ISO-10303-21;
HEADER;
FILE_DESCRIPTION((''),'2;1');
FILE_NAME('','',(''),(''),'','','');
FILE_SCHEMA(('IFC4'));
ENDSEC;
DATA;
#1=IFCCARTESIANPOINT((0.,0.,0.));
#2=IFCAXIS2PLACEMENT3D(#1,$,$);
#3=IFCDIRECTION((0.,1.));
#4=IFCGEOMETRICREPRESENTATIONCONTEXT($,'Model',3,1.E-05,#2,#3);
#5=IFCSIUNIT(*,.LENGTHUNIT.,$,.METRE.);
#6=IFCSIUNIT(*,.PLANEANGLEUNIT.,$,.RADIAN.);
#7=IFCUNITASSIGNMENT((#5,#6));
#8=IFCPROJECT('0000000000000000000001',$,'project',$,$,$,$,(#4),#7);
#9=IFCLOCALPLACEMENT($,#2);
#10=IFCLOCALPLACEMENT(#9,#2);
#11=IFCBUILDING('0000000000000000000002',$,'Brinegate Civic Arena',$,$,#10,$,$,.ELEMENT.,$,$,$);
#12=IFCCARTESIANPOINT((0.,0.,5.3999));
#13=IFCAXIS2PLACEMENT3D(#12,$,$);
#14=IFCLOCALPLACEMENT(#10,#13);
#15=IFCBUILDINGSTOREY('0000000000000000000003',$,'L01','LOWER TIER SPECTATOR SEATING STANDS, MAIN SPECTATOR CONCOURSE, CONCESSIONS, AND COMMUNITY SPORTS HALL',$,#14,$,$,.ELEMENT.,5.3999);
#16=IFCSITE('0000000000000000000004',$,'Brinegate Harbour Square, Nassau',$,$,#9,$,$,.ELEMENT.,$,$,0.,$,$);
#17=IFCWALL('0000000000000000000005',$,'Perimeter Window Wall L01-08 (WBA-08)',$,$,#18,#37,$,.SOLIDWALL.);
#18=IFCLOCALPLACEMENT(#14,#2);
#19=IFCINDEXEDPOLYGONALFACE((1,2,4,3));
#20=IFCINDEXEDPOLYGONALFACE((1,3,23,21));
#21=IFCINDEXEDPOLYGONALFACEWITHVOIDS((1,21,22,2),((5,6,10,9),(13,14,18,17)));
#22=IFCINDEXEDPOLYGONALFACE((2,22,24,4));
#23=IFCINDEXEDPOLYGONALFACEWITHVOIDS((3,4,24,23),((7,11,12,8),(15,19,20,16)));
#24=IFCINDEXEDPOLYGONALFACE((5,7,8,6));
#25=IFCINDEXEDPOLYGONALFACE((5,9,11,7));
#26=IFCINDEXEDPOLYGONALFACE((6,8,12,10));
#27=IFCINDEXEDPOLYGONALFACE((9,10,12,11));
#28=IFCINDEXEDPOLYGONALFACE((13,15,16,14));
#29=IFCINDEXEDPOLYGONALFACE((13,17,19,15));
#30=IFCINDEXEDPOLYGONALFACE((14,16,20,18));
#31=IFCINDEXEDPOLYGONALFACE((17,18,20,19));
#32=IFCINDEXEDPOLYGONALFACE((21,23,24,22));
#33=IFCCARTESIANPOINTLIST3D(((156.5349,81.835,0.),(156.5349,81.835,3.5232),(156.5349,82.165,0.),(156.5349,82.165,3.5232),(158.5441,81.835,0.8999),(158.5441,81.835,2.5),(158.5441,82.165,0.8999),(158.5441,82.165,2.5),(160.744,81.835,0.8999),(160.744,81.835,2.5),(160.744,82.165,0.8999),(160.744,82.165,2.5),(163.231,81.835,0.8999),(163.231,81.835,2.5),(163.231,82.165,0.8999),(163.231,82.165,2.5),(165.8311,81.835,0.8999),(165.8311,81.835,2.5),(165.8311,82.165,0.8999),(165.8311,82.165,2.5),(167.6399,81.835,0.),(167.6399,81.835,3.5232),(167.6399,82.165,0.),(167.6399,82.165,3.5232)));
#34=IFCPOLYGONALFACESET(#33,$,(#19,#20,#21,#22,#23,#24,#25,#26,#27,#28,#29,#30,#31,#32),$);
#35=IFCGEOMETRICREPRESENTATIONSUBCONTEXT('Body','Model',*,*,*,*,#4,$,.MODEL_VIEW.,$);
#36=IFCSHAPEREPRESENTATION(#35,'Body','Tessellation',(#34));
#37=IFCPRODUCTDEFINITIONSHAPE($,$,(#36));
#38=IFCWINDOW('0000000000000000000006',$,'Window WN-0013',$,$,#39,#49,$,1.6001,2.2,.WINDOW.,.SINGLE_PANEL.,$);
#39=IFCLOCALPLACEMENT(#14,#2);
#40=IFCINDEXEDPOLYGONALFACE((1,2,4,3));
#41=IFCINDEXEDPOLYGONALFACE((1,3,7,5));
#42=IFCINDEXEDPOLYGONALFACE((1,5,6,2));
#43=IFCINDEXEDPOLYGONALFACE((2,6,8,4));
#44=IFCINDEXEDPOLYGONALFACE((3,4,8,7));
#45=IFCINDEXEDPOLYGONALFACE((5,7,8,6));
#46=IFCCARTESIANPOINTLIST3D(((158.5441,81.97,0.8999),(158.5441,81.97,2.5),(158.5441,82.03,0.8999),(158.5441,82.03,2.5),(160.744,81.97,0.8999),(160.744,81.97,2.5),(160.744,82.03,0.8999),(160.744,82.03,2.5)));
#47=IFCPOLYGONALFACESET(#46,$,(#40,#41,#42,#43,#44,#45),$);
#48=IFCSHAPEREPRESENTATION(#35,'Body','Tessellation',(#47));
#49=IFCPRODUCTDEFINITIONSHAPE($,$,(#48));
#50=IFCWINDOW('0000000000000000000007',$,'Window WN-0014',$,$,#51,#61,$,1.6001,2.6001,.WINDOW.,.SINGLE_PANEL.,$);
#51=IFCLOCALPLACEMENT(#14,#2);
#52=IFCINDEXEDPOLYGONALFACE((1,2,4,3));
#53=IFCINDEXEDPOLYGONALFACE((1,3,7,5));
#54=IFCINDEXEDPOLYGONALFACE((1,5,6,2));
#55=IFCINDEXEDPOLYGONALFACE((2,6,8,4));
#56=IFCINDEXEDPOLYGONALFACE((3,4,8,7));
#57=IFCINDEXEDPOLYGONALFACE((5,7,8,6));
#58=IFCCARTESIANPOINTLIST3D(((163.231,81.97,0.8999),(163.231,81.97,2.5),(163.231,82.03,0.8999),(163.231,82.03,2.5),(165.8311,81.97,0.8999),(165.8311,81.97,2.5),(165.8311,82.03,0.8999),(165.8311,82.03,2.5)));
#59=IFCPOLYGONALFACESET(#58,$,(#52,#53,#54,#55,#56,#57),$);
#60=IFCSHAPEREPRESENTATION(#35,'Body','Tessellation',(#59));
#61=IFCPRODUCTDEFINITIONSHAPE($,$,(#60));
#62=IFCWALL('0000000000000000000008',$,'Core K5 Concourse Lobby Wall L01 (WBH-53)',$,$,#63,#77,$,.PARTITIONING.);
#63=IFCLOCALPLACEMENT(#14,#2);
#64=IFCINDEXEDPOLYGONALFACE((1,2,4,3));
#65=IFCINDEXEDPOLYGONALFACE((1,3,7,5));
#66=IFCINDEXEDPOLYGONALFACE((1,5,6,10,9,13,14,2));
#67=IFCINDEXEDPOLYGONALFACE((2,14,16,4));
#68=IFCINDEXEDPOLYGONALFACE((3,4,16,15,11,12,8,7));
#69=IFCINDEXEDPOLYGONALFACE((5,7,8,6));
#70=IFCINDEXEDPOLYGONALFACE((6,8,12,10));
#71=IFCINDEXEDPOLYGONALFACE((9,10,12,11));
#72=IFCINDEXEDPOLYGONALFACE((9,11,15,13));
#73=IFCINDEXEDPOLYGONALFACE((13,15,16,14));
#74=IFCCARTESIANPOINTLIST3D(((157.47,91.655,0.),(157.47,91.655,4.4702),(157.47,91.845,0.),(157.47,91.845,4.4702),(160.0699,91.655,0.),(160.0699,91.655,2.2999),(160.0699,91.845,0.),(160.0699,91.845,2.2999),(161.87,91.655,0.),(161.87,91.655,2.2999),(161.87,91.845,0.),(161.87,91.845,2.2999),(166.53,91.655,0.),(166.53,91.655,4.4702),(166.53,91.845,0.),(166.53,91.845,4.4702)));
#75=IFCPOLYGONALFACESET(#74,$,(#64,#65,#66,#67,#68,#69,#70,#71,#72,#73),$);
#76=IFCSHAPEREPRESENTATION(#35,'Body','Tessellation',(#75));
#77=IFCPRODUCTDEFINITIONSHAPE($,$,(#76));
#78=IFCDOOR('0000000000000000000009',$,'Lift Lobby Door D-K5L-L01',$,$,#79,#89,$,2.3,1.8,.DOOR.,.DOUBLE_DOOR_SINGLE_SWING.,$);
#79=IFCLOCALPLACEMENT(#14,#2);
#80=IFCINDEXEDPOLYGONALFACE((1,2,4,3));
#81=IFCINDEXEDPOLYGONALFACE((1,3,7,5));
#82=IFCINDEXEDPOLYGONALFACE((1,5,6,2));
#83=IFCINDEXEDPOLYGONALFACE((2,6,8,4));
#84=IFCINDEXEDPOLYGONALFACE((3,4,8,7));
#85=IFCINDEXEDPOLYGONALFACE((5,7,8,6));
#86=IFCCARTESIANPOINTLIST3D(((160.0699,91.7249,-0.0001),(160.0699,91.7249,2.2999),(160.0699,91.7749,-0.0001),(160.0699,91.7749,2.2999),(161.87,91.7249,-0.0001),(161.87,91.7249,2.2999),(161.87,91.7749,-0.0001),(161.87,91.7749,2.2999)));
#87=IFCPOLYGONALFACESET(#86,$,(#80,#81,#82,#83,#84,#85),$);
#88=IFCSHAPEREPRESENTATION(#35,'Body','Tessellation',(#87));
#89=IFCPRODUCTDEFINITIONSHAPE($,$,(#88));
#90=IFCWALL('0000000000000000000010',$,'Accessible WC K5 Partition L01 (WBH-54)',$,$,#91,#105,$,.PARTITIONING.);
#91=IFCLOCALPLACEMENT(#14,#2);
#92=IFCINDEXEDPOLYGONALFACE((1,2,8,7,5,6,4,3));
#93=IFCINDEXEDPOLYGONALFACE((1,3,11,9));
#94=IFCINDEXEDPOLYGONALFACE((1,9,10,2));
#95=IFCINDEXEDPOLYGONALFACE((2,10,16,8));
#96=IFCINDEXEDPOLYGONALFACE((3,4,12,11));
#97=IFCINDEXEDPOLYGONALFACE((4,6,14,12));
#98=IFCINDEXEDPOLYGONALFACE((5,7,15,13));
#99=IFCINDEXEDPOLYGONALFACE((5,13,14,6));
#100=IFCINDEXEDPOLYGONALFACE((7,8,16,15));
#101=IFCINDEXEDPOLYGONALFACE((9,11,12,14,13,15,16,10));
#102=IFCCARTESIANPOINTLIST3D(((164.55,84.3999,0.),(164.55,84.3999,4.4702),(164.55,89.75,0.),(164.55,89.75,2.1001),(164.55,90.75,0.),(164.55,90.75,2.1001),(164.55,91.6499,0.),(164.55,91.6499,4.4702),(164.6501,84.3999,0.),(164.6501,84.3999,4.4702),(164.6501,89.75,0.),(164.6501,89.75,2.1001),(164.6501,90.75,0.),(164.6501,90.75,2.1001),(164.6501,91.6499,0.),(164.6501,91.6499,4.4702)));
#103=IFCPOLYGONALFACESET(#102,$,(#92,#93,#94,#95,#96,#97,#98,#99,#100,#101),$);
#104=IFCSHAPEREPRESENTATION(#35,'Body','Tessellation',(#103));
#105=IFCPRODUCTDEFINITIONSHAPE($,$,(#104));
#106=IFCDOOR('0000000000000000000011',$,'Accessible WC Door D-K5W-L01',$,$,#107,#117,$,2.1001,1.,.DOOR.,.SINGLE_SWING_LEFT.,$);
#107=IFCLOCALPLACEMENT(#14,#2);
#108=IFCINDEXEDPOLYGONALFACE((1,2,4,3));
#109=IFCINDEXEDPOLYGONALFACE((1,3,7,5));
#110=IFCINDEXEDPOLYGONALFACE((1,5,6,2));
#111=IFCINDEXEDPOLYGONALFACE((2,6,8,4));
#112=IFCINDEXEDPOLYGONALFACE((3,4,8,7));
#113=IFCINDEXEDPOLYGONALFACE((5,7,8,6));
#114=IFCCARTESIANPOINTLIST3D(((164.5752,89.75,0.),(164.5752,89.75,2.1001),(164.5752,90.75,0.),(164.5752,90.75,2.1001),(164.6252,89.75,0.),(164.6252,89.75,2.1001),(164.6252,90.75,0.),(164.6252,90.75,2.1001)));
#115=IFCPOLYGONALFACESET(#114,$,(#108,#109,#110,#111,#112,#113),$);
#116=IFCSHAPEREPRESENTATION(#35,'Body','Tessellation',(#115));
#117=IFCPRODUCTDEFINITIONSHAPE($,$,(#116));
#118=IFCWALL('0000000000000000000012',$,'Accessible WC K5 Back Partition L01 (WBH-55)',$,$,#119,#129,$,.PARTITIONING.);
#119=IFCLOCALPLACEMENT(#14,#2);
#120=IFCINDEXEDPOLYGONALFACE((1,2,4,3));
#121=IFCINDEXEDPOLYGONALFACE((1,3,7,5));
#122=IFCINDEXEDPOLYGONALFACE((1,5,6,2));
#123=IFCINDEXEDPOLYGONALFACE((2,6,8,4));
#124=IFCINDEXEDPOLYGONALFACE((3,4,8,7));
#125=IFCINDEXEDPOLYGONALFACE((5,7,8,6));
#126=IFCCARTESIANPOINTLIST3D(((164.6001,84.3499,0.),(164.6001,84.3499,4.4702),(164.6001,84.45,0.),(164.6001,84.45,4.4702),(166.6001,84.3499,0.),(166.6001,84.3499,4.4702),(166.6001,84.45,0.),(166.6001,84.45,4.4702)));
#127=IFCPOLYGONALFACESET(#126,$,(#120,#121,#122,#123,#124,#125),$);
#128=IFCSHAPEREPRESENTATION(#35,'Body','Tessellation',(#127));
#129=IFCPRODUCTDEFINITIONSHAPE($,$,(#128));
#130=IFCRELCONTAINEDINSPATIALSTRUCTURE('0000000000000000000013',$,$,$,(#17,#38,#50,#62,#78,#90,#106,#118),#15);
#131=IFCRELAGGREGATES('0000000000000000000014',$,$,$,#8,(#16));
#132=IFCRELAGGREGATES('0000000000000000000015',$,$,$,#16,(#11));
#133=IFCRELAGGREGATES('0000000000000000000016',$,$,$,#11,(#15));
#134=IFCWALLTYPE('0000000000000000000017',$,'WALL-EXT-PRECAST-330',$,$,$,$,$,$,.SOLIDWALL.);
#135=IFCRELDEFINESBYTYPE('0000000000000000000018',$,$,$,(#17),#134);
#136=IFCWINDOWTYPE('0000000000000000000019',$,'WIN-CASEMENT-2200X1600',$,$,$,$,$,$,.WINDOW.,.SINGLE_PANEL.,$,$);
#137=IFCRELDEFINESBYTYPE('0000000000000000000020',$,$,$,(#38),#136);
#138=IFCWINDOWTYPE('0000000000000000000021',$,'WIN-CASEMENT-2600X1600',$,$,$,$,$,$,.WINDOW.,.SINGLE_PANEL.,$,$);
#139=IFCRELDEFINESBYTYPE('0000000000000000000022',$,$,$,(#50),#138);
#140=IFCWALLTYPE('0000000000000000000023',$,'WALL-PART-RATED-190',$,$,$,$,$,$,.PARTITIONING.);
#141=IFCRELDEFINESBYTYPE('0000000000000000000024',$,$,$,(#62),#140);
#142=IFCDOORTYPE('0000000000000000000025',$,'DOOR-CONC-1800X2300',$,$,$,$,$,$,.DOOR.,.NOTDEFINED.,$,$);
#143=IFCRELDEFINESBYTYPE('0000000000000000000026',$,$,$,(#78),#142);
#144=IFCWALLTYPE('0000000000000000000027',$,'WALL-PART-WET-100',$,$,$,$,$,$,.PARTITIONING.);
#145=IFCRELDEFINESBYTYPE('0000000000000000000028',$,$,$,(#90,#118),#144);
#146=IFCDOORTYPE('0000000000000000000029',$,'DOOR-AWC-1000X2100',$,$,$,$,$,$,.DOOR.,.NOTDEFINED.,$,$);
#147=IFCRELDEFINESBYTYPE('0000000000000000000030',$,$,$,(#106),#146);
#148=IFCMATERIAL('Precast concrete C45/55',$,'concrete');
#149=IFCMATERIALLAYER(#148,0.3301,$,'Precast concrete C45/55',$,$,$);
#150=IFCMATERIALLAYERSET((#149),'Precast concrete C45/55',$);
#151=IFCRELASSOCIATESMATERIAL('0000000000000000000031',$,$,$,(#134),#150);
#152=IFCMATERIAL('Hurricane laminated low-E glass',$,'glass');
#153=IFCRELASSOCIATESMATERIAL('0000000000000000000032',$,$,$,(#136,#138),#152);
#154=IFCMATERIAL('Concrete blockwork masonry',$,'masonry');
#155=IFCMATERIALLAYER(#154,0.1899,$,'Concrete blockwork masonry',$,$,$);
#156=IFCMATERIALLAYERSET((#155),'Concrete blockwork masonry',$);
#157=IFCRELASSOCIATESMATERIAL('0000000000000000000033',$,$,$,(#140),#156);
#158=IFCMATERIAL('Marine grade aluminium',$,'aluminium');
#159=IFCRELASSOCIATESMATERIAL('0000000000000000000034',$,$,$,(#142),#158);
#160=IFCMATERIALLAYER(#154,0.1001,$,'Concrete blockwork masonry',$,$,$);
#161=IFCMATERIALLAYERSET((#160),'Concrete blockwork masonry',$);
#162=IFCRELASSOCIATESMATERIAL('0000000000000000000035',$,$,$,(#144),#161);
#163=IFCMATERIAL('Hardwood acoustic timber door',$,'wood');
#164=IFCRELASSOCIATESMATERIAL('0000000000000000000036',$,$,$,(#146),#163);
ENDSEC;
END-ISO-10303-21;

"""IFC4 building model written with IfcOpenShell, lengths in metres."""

from ifc_helpers import new_model, si_unit, direction, frame, frame_2d, origin, place, context, subcontext, project, spatial, rectangle, extrude, material, layer, layer_set, type_object, element, fill, save


model = new_model("IFC4")

# Units and contexts
model_context = context("Model", 3, precision=1e-05, world=origin(), true_north=direction((0.0, 1.0)))
body_context = subcontext(model_context, "Body", "Model", "MODEL_VIEW")
ifc_project = project(units=[si_unit("LENGTHUNIT", "METRE"), si_unit("PLANEANGLEUNIT", "RADIAN")], contexts=[model_context])

# Site, building, storey
site_placement = place(None, origin())
site = spatial("IfcSite", under=ifc_project, at=site_placement, Name="Brinegate Harbour Square, Nassau", CompositionType="ELEMENT", RefElevation=0.0)
building_placement = place(site_placement, origin())
building = spatial("IfcBuilding", under=site, at=building_placement, Name="Brinegate Civic Arena", CompositionType="ELEMENT")
storey_placement = place(building_placement, frame((0.0, 0.0, 5.3999)))
storey = spatial("IfcBuildingStorey", under=building, at=storey_placement, Name="L01", Description="LOWER TIER SPECTATOR SEATING STANDS, MAIN SPECTATOR CONCOURSE, CONCESSIONS, AND COMMUNITY SPORTS HALL", CompositionType="ELEMENT", Elevation=5.3999)

# Wall, openings, windows
ifc_material_1 = material(Name="Precast concrete C45/55", Category="concrete")
ifc_layer_1 = layer(ifc_material_1, 0.3301, Name="Precast concrete C45/55")
ifc_layer_set_1 = layer_set([ifc_layer_1], Name="Precast concrete C45/55")
wall_type_1 = type_object("IfcWallType", Name="WALL-EXT-PRECAST-330", PredefinedType="SOLIDWALL", material=ifc_layer_set_1)
wall_1_placement = place(storey_placement, frame((156.5349, 82.0, 0.0), z_axis=(0.0, 0.0, 1.0), x_axis=(1.0, 0.0, 0.0)))
wall_1 = element("IfcWall", 1, at=wall_1_placement, inside=storey, type_object=wall_type_1, Name="Perimeter Window Wall L01-08 (WBA-08)", PredefinedType="SOLIDWALL", context=body_context, shape_type="SweptSolid", body=[
    extrude(rectangle(XDim=11.105, YDim=0.3301, at=frame_2d((5.5525, 0.0))), origin(), (0.0, 0.0, 1.0), 3.5232),
])
opening_1_placement = place(wall_1_placement, frame((2.009, 0.0, 0.8999)))
opening_1 = element("IfcOpeningElement", 2, at=opening_1_placement, cuts=wall_1, PredefinedType="OPENING", context=body_context, shape_type="SweptSolid", body=[
    extrude(rectangle(XDim=2.2, YDim=1.6001, at=frame_2d((1.1001, 0.8))), frame((0.0, 0.175, 0.0), z_axis=(0.0, -1.0, 0.0), x_axis=(1.0, 0.0, 0.0)), (0.0, 0.0, 1.0), 0.3501),
])
opening_2_placement = place(wall_1_placement, frame((6.696, 0.0, 0.8999)))
opening_2 = element("IfcOpeningElement", 3, at=opening_2_placement, cuts=wall_1, PredefinedType="OPENING", context=body_context, shape_type="SweptSolid", body=[
    extrude(rectangle(XDim=2.6001, YDim=1.6001, at=frame_2d((1.3, 0.8))), frame((0.0, 0.175, 0.0), z_axis=(0.0, -1.0, 0.0), x_axis=(1.0, 0.0, 0.0)), (0.0, 0.0, 1.0), 0.3501),
])
ifc_material_2 = material(Name="Hurricane laminated low-E glass", Category="glass")
window_type_1 = type_object("IfcWindowType", Name="WIN-CASEMENT-2200X1600", PartitioningType="SINGLE_PANEL", PredefinedType="WINDOW", material=ifc_material_2)
window_1_placement = place(opening_1_placement, origin())
window_1 = element("IfcWindow", 4, at=window_1_placement, inside=storey, type_object=window_type_1, Name="Window WN-0013", OverallHeight=1.6001, OverallWidth=2.2, PartitioningType="SINGLE_PANEL", PredefinedType="WINDOW", context=body_context, shape_type="SweptSolid", body=[
    extrude(rectangle(XDim=2.2, YDim=1.6001, at=frame_2d((1.1001, 0.8))), frame((0.0, 0.03, 0.0), z_axis=(0.0, -1.0, 0.0), x_axis=(1.0, 0.0, 0.0)), (0.0, 0.0, 1.0), 0.0601),
])
fill(opening_1, window_1)
window_type_2 = type_object("IfcWindowType", Name="WIN-CASEMENT-2600X1600", PartitioningType="SINGLE_PANEL", PredefinedType="WINDOW", material=ifc_material_2)
window_2_placement = place(opening_2_placement, origin())
window_2 = element("IfcWindow", 5, at=window_2_placement, inside=storey, type_object=window_type_2, Name="Window WN-0014", OverallHeight=1.6001, OverallWidth=2.6001, PartitioningType="SINGLE_PANEL", PredefinedType="WINDOW", context=body_context, shape_type="SweptSolid", body=[
    extrude(rectangle(XDim=2.6001, YDim=1.6001, at=frame_2d((1.3, 0.8))), frame((0.0, 0.03, 0.0), z_axis=(0.0, -1.0, 0.0), x_axis=(1.0, 0.0, 0.0)), (0.0, 0.0, 1.0), 0.0601),
])
fill(opening_2, window_2)

# Walls, openings, doors
ifc_material_3 = material(Name="Concrete blockwork masonry", Category="masonry")
ifc_layer_2 = layer(ifc_material_3, 0.1899, Name="Concrete blockwork masonry")
ifc_layer_set_2 = layer_set([ifc_layer_2], Name="Concrete blockwork masonry")
wall_type_2 = type_object("IfcWallType", Name="WALL-PART-RATED-190", PredefinedType="PARTITIONING", material=ifc_layer_set_2)
wall_2_placement = place(storey_placement, frame((157.47, 91.75, 0.0), z_axis=(0.0, 0.0, 1.0), x_axis=(1.0, 0.0, 0.0)))
wall_2 = element("IfcWall", 6, at=wall_2_placement, inside=storey, type_object=wall_type_2, Name="Core K5 Concourse Lobby Wall L01 (WBH-53)", PredefinedType="PARTITIONING", context=body_context, shape_type="SweptSolid", body=[
    extrude(rectangle(XDim=9.0601, YDim=0.1899, at=frame_2d((4.53, 0.0))), origin(), (0.0, 0.0, 1.0), 4.4702),
])
opening_3_placement = place(wall_2_placement, frame((2.6001, 0.0, 0.0)))
opening_3 = element("IfcOpeningElement", 7, at=opening_3_placement, cuts=wall_2, PredefinedType="OPENING", context=body_context, shape_type="SweptSolid", body=[
    extrude(rectangle(XDim=1.8, YDim=2.3, at=frame_2d((0.8999, 1.1499))), frame((0.0, 0.105, 0.0), z_axis=(0.0, -1.0, 0.0), x_axis=(1.0, 0.0, 0.0)), (0.0, 0.0, 1.0), 0.21),
])
ifc_material_4 = material(Name="Marine grade aluminium", Category="aluminium")
door_type_1 = type_object("IfcDoorType", Name="DOOR-CONC-1800X2300", OperationType="NOTDEFINED", PredefinedType="DOOR", material=ifc_material_4)
door_1_placement = place(opening_3_placement, origin())
door_1 = element("IfcDoor", 8, at=door_1_placement, inside=storey, type_object=door_type_1, Name="Lift Lobby Door D-K5L-L01", OperationType="DOUBLE_DOOR_SINGLE_SWING", OverallHeight=2.3, OverallWidth=1.8, PredefinedType="DOOR", context=body_context, shape_type="SweptSolid", body=[
    extrude(rectangle(XDim=1.8, YDim=2.3, at=frame_2d((0.8999, 1.1499))), frame((0.0, 0.0249, 0.0), z_axis=(0.0, -1.0, 0.0), x_axis=(1.0, 0.0, 0.0)), (0.0, 0.0, 1.0), 0.05),
])
fill(opening_3, door_1)
ifc_layer_3 = layer(ifc_material_3, 0.1001, Name="Concrete blockwork masonry")
ifc_layer_set_3 = layer_set([ifc_layer_3], Name="Concrete blockwork masonry")
wall_type_3 = type_object("IfcWallType", Name="WALL-PART-WET-100", PredefinedType="PARTITIONING", material=ifc_layer_set_3)
wall_3_placement = place(storey_placement, frame((164.6001, 84.3999, 0.0), z_axis=(0.0, 0.0, 1.0), x_axis=(0.0, 1.0, 0.0)))
wall_3 = element("IfcWall", 9, at=wall_3_placement, inside=storey, type_object=wall_type_3, Name="Accessible WC K5 Partition L01 (WBH-54)", PredefinedType="PARTITIONING", context=body_context, shape_type="SweptSolid", body=[
    extrude(rectangle(XDim=7.25, YDim=0.1001, at=frame_2d((3.625, 0.0))), origin(), (0.0, 0.0, 1.0), 4.4702),
])
opening_4_placement = place(wall_3_placement, frame((5.3501, 0.0, 0.0)))
opening_4 = element("IfcOpeningElement", 10, at=opening_4_placement, cuts=wall_3, PredefinedType="OPENING", context=body_context, shape_type="SweptSolid", body=[
    extrude(rectangle(XDim=1.0, YDim=2.1001, at=frame_2d((0.5, 1.05))), frame((0.0, 0.0601, 0.0), z_axis=(0.0, -1.0, 0.0), x_axis=(1.0, 0.0, 0.0)), (0.0, 0.0, 1.0), 0.1201),
])
ifc_material_5 = material(Name="Hardwood acoustic timber door", Category="wood")
door_type_2 = type_object("IfcDoorType", Name="DOOR-AWC-1000X2100", OperationType="NOTDEFINED", PredefinedType="DOOR", material=ifc_material_5)
door_2_placement = place(opening_4_placement, origin())
door_2 = element("IfcDoor", 11, at=door_2_placement, inside=storey, type_object=door_type_2, Name="Accessible WC Door D-K5W-L01", OperationType="SINGLE_SWING_LEFT", OverallHeight=2.1001, OverallWidth=1.0, PredefinedType="DOOR", context=body_context, shape_type="SweptSolid", body=[
    extrude(rectangle(XDim=1.0, YDim=2.1001, at=frame_2d((0.5, 1.05))), frame((0.0, 0.0249, 0.0), z_axis=(0.0, -1.0, 0.0), x_axis=(1.0, 0.0, 0.0)), (0.0, 0.0, 1.0), 0.05),
])
fill(opening_4, door_2)

# Wall
wall_4_placement = place(storey_placement, frame((164.6001, 84.3999, 0.0), z_axis=(0.0, 0.0, 1.0), x_axis=(1.0, 0.0, 0.0)))
element("IfcWall", 12, at=wall_4_placement, inside=storey, type_object=wall_type_3, Name="Accessible WC K5 Back Partition L01 (WBH-55)", PredefinedType="PARTITIONING", context=body_context, shape_type="SweptSolid", body=[
    extrude(rectangle(XDim=2.0, YDim=0.1001, at=frame_2d((1.0, 0.0))), origin(), (0.0, 0.0, 1.0), 4.4702),
])

save(model, "model.ifc")
